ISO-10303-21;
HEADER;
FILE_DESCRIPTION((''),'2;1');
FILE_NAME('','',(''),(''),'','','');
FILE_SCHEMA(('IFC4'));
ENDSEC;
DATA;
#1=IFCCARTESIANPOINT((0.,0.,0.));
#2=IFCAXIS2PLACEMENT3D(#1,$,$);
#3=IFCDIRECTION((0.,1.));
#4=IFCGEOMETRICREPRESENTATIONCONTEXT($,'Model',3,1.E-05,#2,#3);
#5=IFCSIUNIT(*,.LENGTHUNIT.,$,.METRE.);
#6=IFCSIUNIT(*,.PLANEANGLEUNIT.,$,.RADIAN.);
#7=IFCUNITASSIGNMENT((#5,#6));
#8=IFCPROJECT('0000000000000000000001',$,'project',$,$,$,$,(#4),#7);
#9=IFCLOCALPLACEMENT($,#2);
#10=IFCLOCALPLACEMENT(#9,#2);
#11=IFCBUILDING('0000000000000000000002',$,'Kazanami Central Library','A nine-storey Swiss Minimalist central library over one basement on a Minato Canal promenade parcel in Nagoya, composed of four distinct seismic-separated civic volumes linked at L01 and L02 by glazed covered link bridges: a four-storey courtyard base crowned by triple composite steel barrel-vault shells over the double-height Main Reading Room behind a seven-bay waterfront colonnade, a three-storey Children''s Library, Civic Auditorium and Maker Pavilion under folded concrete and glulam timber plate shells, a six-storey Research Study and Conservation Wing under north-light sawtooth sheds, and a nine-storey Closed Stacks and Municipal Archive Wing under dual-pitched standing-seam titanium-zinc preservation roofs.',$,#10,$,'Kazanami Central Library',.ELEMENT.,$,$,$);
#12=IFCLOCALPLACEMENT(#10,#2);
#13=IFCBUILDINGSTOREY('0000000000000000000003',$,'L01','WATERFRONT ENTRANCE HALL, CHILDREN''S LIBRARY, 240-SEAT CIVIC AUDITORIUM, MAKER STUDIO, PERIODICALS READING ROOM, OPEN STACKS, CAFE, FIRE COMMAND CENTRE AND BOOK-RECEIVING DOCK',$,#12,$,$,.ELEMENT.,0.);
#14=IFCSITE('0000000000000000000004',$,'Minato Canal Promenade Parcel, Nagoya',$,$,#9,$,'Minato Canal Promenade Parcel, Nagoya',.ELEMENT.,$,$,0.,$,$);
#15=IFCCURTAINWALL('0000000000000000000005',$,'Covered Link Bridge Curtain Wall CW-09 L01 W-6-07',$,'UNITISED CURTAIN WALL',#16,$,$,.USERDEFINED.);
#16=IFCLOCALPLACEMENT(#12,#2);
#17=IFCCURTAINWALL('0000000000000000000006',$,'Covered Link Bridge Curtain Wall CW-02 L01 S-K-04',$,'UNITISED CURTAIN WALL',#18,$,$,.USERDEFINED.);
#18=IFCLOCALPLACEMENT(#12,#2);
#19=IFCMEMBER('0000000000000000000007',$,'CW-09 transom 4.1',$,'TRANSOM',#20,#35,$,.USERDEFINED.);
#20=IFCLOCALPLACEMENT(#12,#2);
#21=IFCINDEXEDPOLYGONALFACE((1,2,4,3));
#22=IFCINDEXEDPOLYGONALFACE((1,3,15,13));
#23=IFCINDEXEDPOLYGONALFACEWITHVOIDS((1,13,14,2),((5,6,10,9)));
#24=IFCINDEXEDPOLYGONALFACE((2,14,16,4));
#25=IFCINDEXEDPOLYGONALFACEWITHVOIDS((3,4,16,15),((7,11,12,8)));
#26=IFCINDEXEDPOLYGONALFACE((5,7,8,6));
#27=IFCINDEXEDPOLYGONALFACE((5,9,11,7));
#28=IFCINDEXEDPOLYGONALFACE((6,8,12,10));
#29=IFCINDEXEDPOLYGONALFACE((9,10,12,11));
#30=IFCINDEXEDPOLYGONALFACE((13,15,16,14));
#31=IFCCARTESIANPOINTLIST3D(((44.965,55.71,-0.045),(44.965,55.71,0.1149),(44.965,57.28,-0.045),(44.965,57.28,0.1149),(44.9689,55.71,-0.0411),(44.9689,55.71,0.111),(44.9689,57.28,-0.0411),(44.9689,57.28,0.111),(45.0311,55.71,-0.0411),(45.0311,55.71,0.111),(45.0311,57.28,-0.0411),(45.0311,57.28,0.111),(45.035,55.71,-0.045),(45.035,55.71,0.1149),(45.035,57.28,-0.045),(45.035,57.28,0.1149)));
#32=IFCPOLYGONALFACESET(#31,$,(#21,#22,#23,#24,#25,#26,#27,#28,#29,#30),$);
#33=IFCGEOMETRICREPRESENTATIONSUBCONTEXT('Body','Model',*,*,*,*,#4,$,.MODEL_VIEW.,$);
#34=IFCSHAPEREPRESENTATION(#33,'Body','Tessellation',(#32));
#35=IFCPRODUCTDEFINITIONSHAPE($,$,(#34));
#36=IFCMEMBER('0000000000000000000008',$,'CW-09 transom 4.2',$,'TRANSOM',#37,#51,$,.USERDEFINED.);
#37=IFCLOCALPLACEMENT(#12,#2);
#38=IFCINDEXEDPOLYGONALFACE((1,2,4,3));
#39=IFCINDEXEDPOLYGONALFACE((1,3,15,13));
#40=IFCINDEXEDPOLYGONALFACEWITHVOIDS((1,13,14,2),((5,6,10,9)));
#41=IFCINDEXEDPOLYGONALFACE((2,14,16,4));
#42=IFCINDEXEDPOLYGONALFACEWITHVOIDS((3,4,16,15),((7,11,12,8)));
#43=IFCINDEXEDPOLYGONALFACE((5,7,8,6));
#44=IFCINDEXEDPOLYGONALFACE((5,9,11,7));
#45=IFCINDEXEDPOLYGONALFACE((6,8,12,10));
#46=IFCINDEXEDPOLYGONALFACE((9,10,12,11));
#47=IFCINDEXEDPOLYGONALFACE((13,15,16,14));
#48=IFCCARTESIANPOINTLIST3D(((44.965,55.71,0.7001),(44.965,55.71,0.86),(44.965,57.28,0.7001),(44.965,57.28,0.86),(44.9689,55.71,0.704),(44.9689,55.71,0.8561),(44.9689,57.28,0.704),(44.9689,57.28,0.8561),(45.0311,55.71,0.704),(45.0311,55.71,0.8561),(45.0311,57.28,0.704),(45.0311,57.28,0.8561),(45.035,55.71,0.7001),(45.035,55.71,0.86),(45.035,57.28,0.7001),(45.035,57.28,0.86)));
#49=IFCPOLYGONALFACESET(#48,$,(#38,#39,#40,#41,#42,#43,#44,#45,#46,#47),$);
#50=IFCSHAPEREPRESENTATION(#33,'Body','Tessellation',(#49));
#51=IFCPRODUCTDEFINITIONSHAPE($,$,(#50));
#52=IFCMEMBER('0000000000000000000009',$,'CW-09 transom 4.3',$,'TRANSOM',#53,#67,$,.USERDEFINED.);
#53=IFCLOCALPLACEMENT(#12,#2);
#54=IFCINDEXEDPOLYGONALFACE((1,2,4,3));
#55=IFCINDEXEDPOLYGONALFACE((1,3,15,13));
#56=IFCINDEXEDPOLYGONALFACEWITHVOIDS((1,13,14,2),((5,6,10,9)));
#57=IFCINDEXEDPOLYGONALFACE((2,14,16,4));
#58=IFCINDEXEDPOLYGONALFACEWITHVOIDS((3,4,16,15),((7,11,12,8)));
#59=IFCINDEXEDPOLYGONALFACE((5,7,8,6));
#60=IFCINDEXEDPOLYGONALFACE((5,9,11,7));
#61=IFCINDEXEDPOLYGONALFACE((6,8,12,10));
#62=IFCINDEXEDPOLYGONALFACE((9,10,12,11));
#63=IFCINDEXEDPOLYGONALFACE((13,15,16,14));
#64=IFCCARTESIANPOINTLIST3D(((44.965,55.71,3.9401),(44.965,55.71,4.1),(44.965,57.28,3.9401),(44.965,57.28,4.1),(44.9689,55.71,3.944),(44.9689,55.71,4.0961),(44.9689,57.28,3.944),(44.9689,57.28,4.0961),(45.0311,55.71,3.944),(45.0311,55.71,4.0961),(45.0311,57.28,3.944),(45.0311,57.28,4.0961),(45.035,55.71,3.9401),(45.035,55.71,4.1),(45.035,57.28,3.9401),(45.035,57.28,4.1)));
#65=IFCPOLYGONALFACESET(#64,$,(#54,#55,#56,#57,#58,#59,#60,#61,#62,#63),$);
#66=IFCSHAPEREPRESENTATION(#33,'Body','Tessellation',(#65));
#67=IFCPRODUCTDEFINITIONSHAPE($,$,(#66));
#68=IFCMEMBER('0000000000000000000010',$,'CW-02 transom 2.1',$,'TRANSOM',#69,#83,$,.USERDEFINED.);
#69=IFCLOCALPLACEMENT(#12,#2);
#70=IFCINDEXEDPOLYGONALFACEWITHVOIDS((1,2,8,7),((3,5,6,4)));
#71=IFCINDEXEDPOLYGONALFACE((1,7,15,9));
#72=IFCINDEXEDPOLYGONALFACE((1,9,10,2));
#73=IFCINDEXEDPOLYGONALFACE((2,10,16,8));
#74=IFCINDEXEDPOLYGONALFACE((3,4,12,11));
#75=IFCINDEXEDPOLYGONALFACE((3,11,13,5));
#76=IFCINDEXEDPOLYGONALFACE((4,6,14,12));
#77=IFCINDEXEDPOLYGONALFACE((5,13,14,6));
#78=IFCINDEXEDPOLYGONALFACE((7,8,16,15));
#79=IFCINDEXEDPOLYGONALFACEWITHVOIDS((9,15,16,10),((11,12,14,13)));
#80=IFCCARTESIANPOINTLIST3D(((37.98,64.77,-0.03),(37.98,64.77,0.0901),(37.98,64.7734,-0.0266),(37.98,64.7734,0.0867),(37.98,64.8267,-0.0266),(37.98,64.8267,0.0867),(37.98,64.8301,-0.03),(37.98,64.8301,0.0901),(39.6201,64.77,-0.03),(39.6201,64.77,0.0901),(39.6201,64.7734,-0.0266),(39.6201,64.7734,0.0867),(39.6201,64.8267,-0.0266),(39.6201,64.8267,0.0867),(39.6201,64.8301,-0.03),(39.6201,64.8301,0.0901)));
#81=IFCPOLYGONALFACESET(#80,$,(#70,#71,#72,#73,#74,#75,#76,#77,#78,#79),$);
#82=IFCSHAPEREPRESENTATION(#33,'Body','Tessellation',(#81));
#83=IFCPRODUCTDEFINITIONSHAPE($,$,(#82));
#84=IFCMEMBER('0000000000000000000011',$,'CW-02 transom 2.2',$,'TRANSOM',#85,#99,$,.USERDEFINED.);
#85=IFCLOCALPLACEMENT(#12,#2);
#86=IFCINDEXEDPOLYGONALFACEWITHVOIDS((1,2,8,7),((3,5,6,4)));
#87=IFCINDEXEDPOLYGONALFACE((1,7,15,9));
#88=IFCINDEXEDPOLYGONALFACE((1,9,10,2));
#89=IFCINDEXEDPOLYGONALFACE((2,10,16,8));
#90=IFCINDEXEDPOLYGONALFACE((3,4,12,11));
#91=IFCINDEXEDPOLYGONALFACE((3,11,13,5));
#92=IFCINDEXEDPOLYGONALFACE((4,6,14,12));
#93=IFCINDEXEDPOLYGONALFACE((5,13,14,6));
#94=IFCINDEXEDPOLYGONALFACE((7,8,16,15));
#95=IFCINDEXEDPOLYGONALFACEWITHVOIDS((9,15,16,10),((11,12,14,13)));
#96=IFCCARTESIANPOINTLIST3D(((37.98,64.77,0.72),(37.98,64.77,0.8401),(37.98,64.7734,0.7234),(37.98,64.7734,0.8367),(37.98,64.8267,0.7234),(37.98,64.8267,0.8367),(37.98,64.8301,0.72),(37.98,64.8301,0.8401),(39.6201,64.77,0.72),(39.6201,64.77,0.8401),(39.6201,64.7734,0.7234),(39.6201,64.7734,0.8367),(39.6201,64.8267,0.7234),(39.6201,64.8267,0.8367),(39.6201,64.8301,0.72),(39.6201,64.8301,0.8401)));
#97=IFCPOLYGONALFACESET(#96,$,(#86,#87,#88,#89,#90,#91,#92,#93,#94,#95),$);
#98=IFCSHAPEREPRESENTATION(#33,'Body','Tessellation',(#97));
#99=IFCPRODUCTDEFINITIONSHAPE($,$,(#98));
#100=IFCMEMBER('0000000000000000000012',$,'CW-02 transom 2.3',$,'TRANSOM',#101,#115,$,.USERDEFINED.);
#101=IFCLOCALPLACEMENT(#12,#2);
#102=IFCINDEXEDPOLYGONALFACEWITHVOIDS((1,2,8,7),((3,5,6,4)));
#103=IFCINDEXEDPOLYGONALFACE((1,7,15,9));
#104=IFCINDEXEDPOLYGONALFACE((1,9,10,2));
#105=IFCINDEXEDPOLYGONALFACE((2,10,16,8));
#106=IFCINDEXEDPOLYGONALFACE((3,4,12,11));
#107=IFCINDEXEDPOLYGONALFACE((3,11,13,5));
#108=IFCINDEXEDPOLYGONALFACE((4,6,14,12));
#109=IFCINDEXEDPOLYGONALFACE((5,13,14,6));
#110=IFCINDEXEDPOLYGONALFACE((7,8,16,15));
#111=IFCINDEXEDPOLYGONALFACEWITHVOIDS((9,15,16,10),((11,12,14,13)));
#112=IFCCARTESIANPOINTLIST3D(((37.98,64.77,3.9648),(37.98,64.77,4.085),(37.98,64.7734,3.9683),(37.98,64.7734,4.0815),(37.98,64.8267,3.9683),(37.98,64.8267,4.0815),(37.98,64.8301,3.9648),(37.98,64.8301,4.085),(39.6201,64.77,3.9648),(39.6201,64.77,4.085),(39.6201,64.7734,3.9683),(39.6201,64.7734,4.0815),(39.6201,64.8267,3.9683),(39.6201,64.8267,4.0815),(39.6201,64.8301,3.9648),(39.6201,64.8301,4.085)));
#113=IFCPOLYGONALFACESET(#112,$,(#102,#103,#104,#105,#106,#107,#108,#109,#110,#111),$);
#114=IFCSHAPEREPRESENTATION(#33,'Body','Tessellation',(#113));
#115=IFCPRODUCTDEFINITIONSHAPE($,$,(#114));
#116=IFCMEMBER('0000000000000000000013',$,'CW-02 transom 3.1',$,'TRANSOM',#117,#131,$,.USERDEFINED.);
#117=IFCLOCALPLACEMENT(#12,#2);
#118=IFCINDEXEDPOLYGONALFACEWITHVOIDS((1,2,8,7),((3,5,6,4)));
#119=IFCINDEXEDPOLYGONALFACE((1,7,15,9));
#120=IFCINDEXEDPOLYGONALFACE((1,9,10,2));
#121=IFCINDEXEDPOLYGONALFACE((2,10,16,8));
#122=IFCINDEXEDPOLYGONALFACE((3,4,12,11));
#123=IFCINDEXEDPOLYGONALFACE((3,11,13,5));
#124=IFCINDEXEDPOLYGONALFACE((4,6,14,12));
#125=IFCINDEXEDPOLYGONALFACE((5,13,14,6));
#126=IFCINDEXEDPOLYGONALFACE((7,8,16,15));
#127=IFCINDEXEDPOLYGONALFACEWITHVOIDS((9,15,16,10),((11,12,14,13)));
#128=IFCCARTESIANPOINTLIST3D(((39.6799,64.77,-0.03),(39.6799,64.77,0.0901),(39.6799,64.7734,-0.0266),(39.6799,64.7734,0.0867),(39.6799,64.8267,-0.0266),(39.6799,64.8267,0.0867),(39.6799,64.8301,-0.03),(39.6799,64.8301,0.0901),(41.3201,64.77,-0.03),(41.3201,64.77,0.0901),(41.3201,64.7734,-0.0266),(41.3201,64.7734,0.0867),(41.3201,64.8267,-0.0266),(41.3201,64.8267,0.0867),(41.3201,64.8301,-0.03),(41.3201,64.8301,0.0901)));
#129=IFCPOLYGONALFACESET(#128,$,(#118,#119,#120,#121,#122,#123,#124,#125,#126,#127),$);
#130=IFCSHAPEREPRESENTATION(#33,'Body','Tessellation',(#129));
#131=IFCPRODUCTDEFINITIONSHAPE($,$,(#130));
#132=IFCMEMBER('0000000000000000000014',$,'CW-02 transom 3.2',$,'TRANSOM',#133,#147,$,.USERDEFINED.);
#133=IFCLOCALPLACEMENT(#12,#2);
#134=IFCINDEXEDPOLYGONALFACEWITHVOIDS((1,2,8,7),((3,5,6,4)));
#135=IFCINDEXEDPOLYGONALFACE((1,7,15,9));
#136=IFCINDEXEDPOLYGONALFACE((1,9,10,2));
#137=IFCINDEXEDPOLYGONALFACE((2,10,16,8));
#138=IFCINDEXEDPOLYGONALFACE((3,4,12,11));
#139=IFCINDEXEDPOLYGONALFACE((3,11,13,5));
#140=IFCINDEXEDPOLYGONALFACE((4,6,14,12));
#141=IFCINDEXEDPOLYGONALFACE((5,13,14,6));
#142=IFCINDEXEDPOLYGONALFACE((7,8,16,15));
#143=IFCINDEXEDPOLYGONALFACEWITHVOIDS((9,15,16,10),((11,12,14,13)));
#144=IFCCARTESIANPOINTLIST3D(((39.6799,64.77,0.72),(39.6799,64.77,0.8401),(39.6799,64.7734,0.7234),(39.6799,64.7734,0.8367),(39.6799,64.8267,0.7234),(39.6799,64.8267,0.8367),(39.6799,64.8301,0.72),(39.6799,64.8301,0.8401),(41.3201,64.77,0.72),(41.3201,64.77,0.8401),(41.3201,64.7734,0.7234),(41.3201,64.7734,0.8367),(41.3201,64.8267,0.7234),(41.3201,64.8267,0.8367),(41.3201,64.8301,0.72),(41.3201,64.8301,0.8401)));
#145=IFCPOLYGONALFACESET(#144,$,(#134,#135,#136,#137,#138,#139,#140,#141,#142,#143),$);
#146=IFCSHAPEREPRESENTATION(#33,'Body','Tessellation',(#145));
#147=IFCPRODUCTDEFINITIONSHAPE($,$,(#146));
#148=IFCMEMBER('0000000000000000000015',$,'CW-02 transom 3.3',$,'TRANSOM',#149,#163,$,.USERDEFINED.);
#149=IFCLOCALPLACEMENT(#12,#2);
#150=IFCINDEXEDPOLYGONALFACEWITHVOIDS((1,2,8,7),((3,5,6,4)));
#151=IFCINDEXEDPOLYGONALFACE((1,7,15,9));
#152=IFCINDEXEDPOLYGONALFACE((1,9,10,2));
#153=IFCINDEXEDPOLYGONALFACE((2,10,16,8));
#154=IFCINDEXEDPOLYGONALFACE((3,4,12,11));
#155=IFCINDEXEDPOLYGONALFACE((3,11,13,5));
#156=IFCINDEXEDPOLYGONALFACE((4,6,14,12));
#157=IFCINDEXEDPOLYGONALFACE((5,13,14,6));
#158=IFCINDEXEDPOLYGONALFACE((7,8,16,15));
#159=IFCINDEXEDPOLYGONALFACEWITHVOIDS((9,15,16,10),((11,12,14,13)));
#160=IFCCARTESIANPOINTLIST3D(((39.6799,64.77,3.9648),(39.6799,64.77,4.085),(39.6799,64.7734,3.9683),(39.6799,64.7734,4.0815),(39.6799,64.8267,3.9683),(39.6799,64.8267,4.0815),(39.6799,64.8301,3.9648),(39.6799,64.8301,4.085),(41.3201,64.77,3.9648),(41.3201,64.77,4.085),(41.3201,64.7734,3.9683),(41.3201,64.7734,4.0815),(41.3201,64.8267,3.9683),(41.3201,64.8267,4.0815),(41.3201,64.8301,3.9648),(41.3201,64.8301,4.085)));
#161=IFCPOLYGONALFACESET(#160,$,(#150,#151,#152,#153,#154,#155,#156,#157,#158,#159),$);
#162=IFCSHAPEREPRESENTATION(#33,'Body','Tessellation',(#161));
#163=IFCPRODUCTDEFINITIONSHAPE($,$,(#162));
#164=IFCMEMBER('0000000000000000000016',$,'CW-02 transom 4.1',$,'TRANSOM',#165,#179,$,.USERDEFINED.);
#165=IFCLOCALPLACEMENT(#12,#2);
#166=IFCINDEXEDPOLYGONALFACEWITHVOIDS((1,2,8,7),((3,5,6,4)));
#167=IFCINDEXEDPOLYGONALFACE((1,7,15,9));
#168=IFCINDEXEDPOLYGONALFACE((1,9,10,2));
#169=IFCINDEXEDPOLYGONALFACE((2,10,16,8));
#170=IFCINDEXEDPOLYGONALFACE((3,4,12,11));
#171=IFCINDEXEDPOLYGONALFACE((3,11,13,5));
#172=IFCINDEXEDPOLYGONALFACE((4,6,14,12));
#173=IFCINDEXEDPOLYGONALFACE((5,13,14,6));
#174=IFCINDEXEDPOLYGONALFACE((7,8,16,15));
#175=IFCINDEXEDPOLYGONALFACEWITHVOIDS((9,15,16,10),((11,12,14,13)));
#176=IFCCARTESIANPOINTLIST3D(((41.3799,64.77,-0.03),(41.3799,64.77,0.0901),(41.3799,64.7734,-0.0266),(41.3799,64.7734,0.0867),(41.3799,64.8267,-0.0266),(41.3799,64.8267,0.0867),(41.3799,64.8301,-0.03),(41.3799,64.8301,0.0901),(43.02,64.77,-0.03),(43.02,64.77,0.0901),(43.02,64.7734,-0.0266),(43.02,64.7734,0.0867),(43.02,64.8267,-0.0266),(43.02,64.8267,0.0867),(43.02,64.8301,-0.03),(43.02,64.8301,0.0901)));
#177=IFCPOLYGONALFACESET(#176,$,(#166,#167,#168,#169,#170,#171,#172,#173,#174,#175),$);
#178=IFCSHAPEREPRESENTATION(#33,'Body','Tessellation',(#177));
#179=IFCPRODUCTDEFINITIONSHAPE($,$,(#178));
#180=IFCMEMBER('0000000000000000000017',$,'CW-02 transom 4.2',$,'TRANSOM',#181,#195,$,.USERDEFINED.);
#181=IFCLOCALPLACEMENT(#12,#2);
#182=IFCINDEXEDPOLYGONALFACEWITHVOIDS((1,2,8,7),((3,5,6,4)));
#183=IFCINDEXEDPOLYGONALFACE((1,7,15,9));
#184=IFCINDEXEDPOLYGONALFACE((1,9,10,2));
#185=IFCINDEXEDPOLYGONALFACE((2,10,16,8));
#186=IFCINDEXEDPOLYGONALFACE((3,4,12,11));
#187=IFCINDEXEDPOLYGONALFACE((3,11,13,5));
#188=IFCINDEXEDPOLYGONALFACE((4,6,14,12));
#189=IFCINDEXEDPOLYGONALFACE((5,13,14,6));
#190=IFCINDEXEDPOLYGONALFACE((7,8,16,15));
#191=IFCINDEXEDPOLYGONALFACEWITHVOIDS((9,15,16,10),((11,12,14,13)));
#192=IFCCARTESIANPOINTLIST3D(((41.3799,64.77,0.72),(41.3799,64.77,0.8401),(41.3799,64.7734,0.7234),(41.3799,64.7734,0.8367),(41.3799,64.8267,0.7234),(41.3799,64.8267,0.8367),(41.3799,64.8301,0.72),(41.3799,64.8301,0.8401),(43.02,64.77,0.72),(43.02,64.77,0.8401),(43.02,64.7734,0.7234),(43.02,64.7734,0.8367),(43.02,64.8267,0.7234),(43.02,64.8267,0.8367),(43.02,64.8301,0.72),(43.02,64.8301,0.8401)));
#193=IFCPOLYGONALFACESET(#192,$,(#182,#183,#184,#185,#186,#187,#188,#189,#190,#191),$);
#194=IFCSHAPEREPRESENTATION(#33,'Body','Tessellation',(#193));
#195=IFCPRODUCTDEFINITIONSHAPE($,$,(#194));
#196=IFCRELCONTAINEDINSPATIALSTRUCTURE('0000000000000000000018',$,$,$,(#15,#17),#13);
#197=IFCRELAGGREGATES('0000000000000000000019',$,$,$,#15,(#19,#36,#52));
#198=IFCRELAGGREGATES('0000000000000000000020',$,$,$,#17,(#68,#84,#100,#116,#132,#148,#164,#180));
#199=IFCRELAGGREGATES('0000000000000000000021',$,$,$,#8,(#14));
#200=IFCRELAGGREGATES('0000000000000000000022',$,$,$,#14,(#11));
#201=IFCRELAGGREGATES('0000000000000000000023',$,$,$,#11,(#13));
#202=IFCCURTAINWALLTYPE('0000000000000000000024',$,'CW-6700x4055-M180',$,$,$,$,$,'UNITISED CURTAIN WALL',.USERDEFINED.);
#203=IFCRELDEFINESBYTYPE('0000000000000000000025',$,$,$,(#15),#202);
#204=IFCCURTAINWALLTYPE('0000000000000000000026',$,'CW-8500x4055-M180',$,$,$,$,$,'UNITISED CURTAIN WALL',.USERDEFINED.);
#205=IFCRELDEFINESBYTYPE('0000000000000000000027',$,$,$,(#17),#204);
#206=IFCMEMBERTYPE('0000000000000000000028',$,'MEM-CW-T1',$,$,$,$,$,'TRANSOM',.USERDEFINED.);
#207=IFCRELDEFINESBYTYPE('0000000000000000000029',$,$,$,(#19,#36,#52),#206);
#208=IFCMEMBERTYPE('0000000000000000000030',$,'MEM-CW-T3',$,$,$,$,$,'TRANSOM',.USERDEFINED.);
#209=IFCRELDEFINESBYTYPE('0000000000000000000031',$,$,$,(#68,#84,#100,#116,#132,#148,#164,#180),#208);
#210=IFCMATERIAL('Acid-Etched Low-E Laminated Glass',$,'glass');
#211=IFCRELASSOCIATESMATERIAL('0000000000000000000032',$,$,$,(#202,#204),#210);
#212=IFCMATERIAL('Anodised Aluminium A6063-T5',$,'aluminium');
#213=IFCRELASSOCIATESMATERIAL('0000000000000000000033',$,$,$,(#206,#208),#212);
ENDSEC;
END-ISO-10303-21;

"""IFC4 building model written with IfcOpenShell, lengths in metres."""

from ifc_helpers import new_model, si_unit, direction, frame, origin, origin_2d, place, context, subcontext, project, spatial, hollow_rectangle, extrude, material, material_profile, profile_set, type_object, element, aggregate, save


model = new_model("IFC4")

# Units and contexts
model_context = context("Model", 3, precision=1e-05, world=origin(), true_north=direction((0.0, 1.0)))
body_context = subcontext(model_context, "Body", "Model", "MODEL_VIEW")
ifc_project = project(units=[si_unit("LENGTHUNIT", "METRE"), si_unit("PLANEANGLEUNIT", "RADIAN")], contexts=[model_context])

# Site, building, storey
site_placement = place(None, origin())
site = spatial("IfcSite", under=ifc_project, at=site_placement, Name="Minato Canal Promenade Parcel, Nagoya", LongName="Minato Canal Promenade Parcel, Nagoya", CompositionType="ELEMENT", RefElevation=0.0)
building_placement = place(site_placement, origin())
building = spatial("IfcBuilding", under=site, at=building_placement, Name="Kazanami Central Library", Description="A nine-storey Swiss Minimalist central library over one basement on a Minato Canal promenade parcel in Nagoya, composed of four distinct seismic-separated civic volumes linked at L01 and L02 by glazed covered link bridges: a four-storey courtyard base crowned by triple composite steel barrel-vault shells over the double-height Main Reading Room behind a seven-bay waterfront colonnade, a three-storey Children's Library, Civic Auditorium and Maker Pavilion under folded concrete and glulam timber plate shells, a six-storey Research Study and Conservation Wing under north-light sawtooth sheds, and a nine-storey Closed Stacks and Municipal Archive Wing under dual-pitched standing-seam titanium-zinc preservation roofs.", LongName="Kazanami Central Library", CompositionType="ELEMENT")
storey_placement = place(building_placement, origin())
storey = spatial("IfcBuildingStorey", under=building, at=storey_placement, Name="L01", Description="WATERFRONT ENTRANCE HALL, CHILDREN'S LIBRARY, 240-SEAT CIVIC AUDITORIUM, MAKER STUDIO, PERIODICALS READING ROOM, OPEN STACKS, CAFE, FIRE COMMAND CENTRE AND BOOK-RECEIVING DOCK", CompositionType="ELEMENT", Elevation=0.0)

# Curtain walls
ifc_material_1 = material(Name="Acid-Etched Low-E Laminated Glass", Category="glass")
curtain_wall_type_1 = type_object("IfcCurtainWallType", Name="CW-6700x4055-M180", ElementType="UNITISED CURTAIN WALL", PredefinedType="USERDEFINED", material=ifc_material_1)
curtain_wall_1_placement = place(storey_placement, origin())
curtain_wall_1 = element("IfcCurtainWall", 1, at=curtain_wall_1_placement, inside=storey, type_object=curtain_wall_type_1, Name="Covered Link Bridge Curtain Wall CW-09 L01 W-6-07", ObjectType="UNITISED CURTAIN WALL", PredefinedType="USERDEFINED")
ifc_material_2 = material(Name="Anodised Aluminium A6063-T5", Category="aluminium")
curtain_wall_type_2 = type_object("IfcCurtainWallType", Name="CW-8500x4055-M180", ElementType="UNITISED CURTAIN WALL", PredefinedType="USERDEFINED", material=ifc_material_1)
curtain_wall_2_placement = place(storey_placement, origin())
curtain_wall_2 = element("IfcCurtainWall", 2, at=curtain_wall_2_placement, inside=storey, type_object=curtain_wall_type_2, Name="Covered Link Bridge Curtain Wall CW-02 L01 S-K-04", ObjectType="UNITISED CURTAIN WALL", PredefinedType="USERDEFINED")

# Members
ifc_material_profile_1 = material_profile(ifc_material_2, hollow_rectangle(XDim=0.0701, YDim=0.1599, WallThickness=0.0039, at=origin_2d()), Name="ALU-TRAN-70x160x4")
ifc_profile_set_1 = profile_set([ifc_material_profile_1], Name="Anodised Aluminium A6063-T5")
member_type_1 = type_object("IfcMemberType", Name="MEM-CW-T1", ElementType="TRANSOM", PredefinedType="USERDEFINED", material=ifc_profile_set_1)
member_1_placement = place(storey_placement, frame((45.0, 55.71, 0.0349), z_axis=(0.0, 1.0, 0.0), x_axis=(-1.0, 0.0, 0.0)))
member_1 = element("IfcMember", 3, at=member_1_placement, type_object=member_type_1, Name="CW-09 transom 4.1", ObjectType="TRANSOM", PredefinedType="USERDEFINED", context=body_context, shape_type="SweptSolid", body=[
    extrude(hollow_rectangle(XDim=0.0701, YDim=0.1599, WallThickness=0.0039, at=origin_2d()), origin(), (0.0, 0.0, 1.0), 1.5701),
])
member_2_placement = place(storey_placement, frame((45.0, 55.71, 0.78), z_axis=(0.0, 1.0, 0.0), x_axis=(-1.0, 0.0, 0.0)))
member_2 = element("IfcMember", 4, at=member_2_placement, type_object=member_type_1, Name="CW-09 transom 4.2", ObjectType="TRANSOM", PredefinedType="USERDEFINED", context=body_context, shape_type="SweptSolid", body=[
    extrude(hollow_rectangle(XDim=0.0701, YDim=0.1599, WallThickness=0.0039, at=origin_2d()), origin(), (0.0, 0.0, 1.0), 1.5701),
])
member_3_placement = place(storey_placement, frame((45.0, 55.71, 4.02), z_axis=(0.0, 1.0, 0.0), x_axis=(-1.0, 0.0, 0.0)))
member_3 = element("IfcMember", 5, at=member_3_placement, type_object=member_type_1, Name="CW-09 transom 4.3", ObjectType="TRANSOM", PredefinedType="USERDEFINED", context=body_context, shape_type="SweptSolid", body=[
    extrude(hollow_rectangle(XDim=0.0701, YDim=0.1599, WallThickness=0.0039, at=origin_2d()), origin(), (0.0, 0.0, 1.0), 1.5701),
])
ifc_material_profile_2 = material_profile(ifc_material_2, hollow_rectangle(XDim=0.0601, YDim=0.1201, WallThickness=0.0034, at=origin_2d()), Name="ALU-TRAN-60x120x3.5")
ifc_profile_set_2 = profile_set([ifc_material_profile_2], Name="Anodised Aluminium A6063-T5")
member_type_2 = type_object("IfcMemberType", Name="MEM-CW-T3", ElementType="TRANSOM", PredefinedType="USERDEFINED", material=ifc_profile_set_2)
member_4_placement = place(storey_placement, frame((37.98, 64.8, 0.03), z_axis=(1.0, 0.0, 0.0), x_axis=(0.0, 1.0, 0.0)))
member_4 = element("IfcMember", 6, at=member_4_placement, type_object=member_type_2, Name="CW-02 transom 2.1", ObjectType="TRANSOM", PredefinedType="USERDEFINED", context=body_context, shape_type="SweptSolid", body=[
    extrude(hollow_rectangle(XDim=0.0601, YDim=0.1201, WallThickness=0.0034, at=origin_2d()), origin(), (0.0, 0.0, 1.0), 1.6401),
])
member_5_placement = place(storey_placement, frame((37.98, 64.8, 0.78), z_axis=(1.0, 0.0, 0.0), x_axis=(0.0, 1.0, 0.0)))
member_5 = element("IfcMember", 7, at=member_5_placement, type_object=member_type_2, Name="CW-02 transom 2.2", ObjectType="TRANSOM", PredefinedType="USERDEFINED", context=body_context, shape_type="SweptSolid", body=[
    extrude(hollow_rectangle(XDim=0.0601, YDim=0.1201, WallThickness=0.0034, at=origin_2d()), origin(), (0.0, 0.0, 1.0), 1.6401),
])
member_6_placement = place(storey_placement, frame((37.98, 64.8, 4.0249), z_axis=(1.0, 0.0, 0.0), x_axis=(0.0, 1.0, 0.0)))
member_6 = element("IfcMember", 8, at=member_6_placement, type_object=member_type_2, Name="CW-02 transom 2.3", ObjectType="TRANSOM", PredefinedType="USERDEFINED", context=body_context, shape_type="SweptSolid", body=[
    extrude(hollow_rectangle(XDim=0.0601, YDim=0.1201, WallThickness=0.0034, at=origin_2d()), origin(), (0.0, 0.0, 1.0), 1.6401),
])
member_7_placement = place(storey_placement, frame((39.6799, 64.8, 0.03), z_axis=(1.0, 0.0, 0.0), x_axis=(0.0, 1.0, 0.0)))
member_7 = element("IfcMember", 9, at=member_7_placement, type_object=member_type_2, Name="CW-02 transom 3.1", ObjectType="TRANSOM", PredefinedType="USERDEFINED", context=body_context, shape_type="SweptSolid", body=[
    extrude(hollow_rectangle(XDim=0.0601, YDim=0.1201, WallThickness=0.0034, at=origin_2d()), origin(), (0.0, 0.0, 1.0), 1.6401),
])
member_8_placement = place(storey_placement, frame((39.6799, 64.8, 0.78), z_axis=(1.0, 0.0, 0.0), x_axis=(0.0, 1.0, 0.0)))
member_8 = element("IfcMember", 10, at=member_8_placement, type_object=member_type_2, Name="CW-02 transom 3.2", ObjectType="TRANSOM", PredefinedType="USERDEFINED", context=body_context, shape_type="SweptSolid", body=[
    extrude(hollow_rectangle(XDim=0.0601, YDim=0.1201, WallThickness=0.0034, at=origin_2d()), origin(), (0.0, 0.0, 1.0), 1.6401),
])
member_9_placement = place(storey_placement, frame((39.6799, 64.8, 4.0249), z_axis=(1.0, 0.0, 0.0), x_axis=(0.0, 1.0, 0.0)))
member_9 = element("IfcMember", 11, at=member_9_placement, type_object=member_type_2, Name="CW-02 transom 3.3", ObjectType="TRANSOM", PredefinedType="USERDEFINED", context=body_context, shape_type="SweptSolid", body=[
    extrude(hollow_rectangle(XDim=0.0601, YDim=0.1201, WallThickness=0.0034, at=origin_2d()), origin(), (0.0, 0.0, 1.0), 1.6401),
])
member_10_placement = place(storey_placement, frame((41.3799, 64.8, 0.03), z_axis=(1.0, 0.0, 0.0), x_axis=(0.0, 1.0, 0.0)))
member_10 = element("IfcMember", 12, at=member_10_placement, type_object=member_type_2, Name="CW-02 transom 4.1", ObjectType="TRANSOM", PredefinedType="USERDEFINED", context=body_context, shape_type="SweptSolid", body=[
    extrude(hollow_rectangle(XDim=0.0601, YDim=0.1201, WallThickness=0.0034, at=origin_2d()), origin(), (0.0, 0.0, 1.0), 1.6401),
])
member_11_placement = place(storey_placement, frame((41.3799, 64.8, 0.78), z_axis=(1.0, 0.0, 0.0), x_axis=(0.0, 1.0, 0.0)))
member_11 = element("IfcMember", 13, at=member_11_placement, type_object=member_type_2, Name="CW-02 transom 4.2", ObjectType="TRANSOM", PredefinedType="USERDEFINED", context=body_context, shape_type="SweptSolid", body=[
    extrude(hollow_rectangle(XDim=0.0601, YDim=0.1201, WallThickness=0.0034, at=origin_2d()), origin(), (0.0, 0.0, 1.0), 1.6401),
])

aggregate(curtain_wall_1, [member_1, member_2, member_3])
aggregate(curtain_wall_2, [member_4, member_5, member_6, member_7, member_8, member_9, member_10, member_11])

save(model, "model.ifc")
